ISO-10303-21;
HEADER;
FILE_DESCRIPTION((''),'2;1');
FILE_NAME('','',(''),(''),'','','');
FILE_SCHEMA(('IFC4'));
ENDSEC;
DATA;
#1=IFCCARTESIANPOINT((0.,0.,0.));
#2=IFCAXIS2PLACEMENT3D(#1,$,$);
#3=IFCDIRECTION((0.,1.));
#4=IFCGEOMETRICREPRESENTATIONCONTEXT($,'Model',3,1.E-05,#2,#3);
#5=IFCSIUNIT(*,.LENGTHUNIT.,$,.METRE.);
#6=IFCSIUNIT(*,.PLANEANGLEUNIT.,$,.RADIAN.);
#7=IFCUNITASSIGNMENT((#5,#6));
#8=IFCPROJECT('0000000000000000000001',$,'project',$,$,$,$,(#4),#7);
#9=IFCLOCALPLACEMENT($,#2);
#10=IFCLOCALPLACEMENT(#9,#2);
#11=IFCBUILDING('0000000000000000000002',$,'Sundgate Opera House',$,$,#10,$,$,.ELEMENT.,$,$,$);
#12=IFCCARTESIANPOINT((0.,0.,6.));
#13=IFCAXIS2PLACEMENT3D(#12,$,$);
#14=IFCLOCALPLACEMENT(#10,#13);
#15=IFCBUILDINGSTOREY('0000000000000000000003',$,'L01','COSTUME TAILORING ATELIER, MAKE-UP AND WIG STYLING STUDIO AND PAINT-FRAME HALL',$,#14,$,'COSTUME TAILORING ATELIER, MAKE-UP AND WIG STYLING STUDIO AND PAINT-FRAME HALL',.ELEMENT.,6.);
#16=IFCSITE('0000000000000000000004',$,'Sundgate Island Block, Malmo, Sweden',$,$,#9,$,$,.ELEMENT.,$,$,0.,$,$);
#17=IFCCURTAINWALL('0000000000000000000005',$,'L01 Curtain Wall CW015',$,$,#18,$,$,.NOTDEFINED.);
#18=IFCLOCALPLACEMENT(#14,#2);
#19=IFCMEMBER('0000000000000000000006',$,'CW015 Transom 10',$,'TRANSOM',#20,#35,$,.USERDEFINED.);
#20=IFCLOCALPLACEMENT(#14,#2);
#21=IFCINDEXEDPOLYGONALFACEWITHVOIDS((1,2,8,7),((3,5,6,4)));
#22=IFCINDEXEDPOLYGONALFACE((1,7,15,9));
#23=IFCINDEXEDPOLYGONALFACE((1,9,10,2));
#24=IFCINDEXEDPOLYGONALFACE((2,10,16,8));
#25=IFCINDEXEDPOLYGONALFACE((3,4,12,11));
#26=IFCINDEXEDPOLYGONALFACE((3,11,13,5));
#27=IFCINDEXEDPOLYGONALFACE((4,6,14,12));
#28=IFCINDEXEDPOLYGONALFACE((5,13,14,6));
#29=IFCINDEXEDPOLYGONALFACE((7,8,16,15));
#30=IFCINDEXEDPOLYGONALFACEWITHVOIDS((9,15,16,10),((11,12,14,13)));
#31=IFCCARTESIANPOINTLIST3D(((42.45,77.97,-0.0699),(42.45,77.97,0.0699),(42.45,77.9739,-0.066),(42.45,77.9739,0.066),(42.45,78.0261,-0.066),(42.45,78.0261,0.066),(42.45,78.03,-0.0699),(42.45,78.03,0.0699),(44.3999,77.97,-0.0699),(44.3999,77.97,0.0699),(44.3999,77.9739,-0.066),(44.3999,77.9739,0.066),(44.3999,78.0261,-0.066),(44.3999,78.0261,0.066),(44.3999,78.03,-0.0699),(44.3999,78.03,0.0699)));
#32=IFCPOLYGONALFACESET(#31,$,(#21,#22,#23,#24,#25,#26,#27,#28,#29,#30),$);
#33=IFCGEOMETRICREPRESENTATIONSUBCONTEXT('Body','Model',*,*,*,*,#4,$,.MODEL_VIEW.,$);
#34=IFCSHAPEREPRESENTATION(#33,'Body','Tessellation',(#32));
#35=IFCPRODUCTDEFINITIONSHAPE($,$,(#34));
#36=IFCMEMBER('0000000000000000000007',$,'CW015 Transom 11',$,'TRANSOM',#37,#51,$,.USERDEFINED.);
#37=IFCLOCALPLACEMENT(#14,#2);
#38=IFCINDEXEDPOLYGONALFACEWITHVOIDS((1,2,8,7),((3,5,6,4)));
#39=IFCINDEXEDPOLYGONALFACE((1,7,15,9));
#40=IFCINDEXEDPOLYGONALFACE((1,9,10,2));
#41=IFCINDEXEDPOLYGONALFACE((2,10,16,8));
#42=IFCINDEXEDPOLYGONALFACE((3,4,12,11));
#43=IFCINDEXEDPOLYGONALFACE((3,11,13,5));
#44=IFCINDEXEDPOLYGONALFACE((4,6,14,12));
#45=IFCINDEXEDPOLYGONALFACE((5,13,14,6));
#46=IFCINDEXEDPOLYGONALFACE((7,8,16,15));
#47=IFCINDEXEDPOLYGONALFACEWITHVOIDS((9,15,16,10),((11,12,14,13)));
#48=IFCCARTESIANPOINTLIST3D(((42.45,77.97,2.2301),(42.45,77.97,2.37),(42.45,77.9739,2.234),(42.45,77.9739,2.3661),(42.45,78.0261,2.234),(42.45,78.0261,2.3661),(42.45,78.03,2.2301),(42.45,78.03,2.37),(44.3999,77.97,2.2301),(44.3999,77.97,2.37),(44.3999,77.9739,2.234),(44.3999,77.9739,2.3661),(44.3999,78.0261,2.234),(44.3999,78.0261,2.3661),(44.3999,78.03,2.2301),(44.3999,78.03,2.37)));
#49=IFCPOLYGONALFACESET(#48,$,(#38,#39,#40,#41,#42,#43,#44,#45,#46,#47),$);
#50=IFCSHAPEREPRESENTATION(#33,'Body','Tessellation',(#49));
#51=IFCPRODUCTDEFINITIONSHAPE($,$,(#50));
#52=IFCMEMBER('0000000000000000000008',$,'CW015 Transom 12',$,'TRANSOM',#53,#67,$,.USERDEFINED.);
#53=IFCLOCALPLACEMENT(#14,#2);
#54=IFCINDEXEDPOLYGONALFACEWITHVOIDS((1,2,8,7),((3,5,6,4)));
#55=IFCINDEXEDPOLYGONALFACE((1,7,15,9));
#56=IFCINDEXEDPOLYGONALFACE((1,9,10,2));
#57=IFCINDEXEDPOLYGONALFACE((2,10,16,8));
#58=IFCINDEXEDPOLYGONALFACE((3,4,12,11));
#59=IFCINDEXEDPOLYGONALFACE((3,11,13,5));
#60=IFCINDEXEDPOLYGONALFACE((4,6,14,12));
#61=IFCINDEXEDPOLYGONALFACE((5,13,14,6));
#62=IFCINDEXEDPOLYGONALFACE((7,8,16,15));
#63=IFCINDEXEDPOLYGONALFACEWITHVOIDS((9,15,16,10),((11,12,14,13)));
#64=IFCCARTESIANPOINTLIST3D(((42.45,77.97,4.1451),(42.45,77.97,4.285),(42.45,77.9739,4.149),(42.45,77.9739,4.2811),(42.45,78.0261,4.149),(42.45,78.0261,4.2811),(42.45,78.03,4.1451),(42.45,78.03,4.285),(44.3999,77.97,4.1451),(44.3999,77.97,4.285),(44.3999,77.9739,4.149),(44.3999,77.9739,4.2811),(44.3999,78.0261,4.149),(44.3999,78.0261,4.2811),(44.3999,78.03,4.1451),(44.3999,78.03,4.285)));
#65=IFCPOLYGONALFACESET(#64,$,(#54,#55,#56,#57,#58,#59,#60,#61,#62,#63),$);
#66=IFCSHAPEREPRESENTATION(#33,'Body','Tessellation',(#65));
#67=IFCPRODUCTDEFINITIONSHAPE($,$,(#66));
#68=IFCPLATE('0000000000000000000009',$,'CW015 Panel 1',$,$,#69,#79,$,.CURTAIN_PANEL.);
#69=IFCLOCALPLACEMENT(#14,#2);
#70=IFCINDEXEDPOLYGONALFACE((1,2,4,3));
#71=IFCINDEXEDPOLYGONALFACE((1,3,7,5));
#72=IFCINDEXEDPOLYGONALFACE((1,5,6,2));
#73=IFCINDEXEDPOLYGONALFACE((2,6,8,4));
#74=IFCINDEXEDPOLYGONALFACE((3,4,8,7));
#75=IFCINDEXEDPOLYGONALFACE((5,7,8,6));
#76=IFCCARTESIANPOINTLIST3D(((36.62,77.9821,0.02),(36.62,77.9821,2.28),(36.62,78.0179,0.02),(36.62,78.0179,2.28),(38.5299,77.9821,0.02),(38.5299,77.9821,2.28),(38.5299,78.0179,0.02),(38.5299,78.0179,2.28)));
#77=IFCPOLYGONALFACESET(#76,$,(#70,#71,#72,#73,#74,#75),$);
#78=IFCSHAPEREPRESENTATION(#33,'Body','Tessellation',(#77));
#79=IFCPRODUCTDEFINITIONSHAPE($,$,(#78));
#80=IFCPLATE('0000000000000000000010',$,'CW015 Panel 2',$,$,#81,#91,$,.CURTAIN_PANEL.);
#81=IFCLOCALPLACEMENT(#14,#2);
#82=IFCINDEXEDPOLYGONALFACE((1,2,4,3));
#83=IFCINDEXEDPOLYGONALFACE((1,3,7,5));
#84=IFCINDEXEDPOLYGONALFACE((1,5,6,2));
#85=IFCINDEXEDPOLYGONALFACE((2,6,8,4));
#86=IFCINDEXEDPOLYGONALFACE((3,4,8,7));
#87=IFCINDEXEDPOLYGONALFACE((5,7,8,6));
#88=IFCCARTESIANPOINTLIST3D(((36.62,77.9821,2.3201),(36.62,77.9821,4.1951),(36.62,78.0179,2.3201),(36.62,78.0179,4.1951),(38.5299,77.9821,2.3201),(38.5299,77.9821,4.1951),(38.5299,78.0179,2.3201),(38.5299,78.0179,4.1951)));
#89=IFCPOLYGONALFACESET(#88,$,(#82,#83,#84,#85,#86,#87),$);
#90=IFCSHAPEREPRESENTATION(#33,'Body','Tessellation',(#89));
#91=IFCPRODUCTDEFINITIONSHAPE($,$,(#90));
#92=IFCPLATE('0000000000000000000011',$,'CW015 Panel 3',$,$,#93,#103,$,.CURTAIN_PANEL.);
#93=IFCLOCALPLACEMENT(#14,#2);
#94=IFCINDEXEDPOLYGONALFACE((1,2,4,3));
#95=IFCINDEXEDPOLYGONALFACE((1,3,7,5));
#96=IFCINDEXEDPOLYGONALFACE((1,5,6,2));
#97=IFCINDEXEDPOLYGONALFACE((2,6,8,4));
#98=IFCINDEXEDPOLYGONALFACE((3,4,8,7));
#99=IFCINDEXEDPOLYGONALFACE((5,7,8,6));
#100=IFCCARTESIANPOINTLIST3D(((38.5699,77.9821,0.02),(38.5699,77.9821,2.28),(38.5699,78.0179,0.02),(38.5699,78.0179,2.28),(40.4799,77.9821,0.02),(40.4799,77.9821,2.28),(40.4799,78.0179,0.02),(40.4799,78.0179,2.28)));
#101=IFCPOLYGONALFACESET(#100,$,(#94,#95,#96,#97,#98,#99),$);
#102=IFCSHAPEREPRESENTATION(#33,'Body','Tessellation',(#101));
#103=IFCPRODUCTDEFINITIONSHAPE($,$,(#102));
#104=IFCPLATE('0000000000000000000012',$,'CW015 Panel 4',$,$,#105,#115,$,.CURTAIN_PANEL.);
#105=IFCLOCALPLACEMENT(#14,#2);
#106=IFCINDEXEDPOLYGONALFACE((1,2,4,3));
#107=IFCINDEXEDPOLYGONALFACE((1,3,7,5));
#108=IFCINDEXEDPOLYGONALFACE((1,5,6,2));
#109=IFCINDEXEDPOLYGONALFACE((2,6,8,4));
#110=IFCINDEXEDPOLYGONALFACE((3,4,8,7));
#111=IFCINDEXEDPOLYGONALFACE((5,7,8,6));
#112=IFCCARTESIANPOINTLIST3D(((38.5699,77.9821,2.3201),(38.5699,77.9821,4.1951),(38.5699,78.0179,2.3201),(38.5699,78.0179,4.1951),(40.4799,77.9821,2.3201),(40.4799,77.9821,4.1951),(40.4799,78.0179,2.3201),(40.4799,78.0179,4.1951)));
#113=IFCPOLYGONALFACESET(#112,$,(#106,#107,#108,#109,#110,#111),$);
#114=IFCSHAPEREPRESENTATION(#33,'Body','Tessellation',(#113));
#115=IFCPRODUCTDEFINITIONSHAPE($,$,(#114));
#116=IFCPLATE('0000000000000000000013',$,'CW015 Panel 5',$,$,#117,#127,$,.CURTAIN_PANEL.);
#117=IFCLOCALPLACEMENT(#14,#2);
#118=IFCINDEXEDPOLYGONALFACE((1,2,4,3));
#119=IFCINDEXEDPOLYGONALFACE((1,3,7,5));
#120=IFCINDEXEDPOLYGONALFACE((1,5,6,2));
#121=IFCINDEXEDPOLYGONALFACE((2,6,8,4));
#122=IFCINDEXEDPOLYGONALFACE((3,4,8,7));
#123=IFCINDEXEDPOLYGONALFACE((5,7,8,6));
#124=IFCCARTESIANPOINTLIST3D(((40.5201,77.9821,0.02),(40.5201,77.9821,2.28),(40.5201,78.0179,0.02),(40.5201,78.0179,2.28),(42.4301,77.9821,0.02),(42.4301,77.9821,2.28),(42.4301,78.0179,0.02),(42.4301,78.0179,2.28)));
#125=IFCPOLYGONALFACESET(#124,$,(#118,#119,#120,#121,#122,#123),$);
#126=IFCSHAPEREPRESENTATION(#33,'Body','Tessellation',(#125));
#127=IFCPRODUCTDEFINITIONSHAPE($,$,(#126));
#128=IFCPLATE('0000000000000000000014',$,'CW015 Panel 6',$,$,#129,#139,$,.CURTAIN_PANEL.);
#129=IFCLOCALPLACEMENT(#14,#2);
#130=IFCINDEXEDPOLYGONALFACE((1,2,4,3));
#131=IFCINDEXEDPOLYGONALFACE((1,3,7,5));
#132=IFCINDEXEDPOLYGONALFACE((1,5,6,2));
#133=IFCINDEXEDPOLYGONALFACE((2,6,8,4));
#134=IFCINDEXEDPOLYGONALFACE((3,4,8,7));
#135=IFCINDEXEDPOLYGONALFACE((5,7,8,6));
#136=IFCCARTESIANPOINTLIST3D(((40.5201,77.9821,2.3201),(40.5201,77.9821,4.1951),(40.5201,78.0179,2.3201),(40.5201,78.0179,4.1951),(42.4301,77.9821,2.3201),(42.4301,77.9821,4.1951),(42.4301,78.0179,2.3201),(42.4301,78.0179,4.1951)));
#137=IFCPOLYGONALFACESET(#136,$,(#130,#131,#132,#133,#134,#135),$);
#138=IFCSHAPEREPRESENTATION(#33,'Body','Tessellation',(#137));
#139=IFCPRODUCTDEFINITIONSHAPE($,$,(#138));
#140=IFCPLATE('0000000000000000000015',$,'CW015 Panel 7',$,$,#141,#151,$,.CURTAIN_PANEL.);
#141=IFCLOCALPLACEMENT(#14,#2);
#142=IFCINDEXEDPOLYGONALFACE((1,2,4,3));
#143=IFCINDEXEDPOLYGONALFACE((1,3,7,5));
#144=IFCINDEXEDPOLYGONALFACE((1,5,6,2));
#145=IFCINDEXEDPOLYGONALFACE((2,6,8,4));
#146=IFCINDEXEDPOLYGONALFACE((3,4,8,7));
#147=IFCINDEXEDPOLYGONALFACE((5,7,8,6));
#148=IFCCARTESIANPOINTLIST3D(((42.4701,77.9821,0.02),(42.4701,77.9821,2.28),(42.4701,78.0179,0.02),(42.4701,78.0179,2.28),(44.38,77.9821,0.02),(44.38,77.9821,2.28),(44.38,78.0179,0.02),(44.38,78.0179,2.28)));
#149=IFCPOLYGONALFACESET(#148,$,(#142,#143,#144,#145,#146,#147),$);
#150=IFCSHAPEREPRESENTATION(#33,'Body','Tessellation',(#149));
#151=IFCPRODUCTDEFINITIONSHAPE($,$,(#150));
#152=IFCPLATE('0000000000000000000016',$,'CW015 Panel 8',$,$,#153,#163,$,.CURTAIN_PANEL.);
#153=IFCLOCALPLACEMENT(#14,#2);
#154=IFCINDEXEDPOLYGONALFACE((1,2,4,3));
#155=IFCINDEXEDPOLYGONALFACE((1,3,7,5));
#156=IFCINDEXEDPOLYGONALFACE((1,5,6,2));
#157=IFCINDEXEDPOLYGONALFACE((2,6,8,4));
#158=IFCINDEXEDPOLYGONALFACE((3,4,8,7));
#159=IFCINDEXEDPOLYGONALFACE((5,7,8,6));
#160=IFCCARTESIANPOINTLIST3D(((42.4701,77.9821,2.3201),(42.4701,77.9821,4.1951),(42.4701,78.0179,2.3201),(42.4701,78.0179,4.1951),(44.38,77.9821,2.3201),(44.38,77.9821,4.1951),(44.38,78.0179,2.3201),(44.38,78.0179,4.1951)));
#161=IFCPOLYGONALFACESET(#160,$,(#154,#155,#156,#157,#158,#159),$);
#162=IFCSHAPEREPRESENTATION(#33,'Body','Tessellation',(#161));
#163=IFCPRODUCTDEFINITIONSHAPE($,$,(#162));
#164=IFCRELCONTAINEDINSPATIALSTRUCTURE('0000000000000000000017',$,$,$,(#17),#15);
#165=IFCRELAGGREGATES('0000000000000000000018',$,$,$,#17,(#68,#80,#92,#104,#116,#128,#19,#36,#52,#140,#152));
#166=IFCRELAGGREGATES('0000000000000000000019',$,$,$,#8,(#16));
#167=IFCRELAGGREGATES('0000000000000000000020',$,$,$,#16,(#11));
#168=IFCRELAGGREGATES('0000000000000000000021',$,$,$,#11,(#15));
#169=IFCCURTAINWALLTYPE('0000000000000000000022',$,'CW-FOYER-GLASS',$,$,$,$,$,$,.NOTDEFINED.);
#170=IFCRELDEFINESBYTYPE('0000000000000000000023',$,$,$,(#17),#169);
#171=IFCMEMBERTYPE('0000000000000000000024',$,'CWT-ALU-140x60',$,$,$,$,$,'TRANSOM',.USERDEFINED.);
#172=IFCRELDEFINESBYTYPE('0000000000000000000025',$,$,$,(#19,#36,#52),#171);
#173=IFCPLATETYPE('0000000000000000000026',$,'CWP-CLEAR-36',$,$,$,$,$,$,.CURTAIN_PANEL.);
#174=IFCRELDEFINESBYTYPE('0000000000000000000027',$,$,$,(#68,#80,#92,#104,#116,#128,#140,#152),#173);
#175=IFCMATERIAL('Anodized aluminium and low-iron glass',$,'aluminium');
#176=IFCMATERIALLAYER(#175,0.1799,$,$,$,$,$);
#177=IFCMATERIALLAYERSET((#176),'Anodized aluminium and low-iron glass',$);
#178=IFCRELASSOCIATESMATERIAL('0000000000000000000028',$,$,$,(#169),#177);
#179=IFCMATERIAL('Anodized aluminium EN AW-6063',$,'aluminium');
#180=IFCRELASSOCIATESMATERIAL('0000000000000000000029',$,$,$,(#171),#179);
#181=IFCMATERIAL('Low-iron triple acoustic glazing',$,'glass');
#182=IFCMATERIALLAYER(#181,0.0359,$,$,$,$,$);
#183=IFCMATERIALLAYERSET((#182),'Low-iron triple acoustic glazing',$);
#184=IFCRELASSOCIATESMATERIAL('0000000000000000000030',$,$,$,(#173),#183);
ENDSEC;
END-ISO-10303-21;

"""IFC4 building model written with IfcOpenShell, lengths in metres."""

from ifc_helpers import new_model, si_unit, direction, frame, origin, origin_2d, place, context, subcontext, project, spatial, rectangle, hollow_rectangle, extrude, material, layer, layer_set, material_profile, profile_set, type_object, element, aggregate, save


model = new_model("IFC4")

# Units and contexts
model_context = context("Model", 3, precision=1e-05, world=origin(), true_north=direction((0.0, 1.0)))
body_context = subcontext(model_context, "Body", "Model", "MODEL_VIEW")
ifc_project = project(units=[si_unit("LENGTHUNIT", "METRE"), si_unit("PLANEANGLEUNIT", "RADIAN")], contexts=[model_context])

# Site, building, storey
site_placement = place(None, origin())
site = spatial("IfcSite", under=ifc_project, at=site_placement, Name="Sundgate Island Block, Malmo, Sweden", CompositionType="ELEMENT", RefElevation=0.0)
building_placement = place(site_placement, origin())
building = spatial("IfcBuilding", under=site, at=building_placement, Name="Sundgate Opera House", CompositionType="ELEMENT")
storey_placement = place(building_placement, frame((0.0, 0.0, 6.0)))
storey = spatial("IfcBuildingStorey", under=building, at=storey_placement, Name="L01", Description="COSTUME TAILORING ATELIER, MAKE-UP AND WIG STYLING STUDIO AND PAINT-FRAME HALL", LongName="COSTUME TAILORING ATELIER, MAKE-UP AND WIG STYLING STUDIO AND PAINT-FRAME HALL", CompositionType="ELEMENT", Elevation=6.0)

# Curtain wall, members, plates
ifc_material_1 = material(Name="Anodized aluminium and low-iron glass", Category="aluminium")
ifc_layer_1 = layer(ifc_material_1, 0.1799)
ifc_layer_set_1 = layer_set([ifc_layer_1], Name="Anodized aluminium and low-iron glass")
curtain_wall_type = type_object("IfcCurtainWallType", Name="CW-FOYER-GLASS", PredefinedType="NOTDEFINED", material=ifc_layer_set_1)
curtain_wall_placement = place(storey_placement, origin())
curtain_wall = element("IfcCurtainWall", 1, at=curtain_wall_placement, inside=storey, type_object=curtain_wall_type, Name="L01 Curtain Wall CW015", PredefinedType="NOTDEFINED")
ifc_material_2 = material(Name="Anodized aluminium EN AW-6063", Category="aluminium")
ifc_material_profile_1 = material_profile(ifc_material_2, hollow_rectangle(XDim=0.0601, YDim=0.1399, WallThickness=0.0039, at=origin_2d()), Name="CWT 140x60x4")
ifc_profile_set_1 = profile_set([ifc_material_profile_1], Name="Anodized aluminium EN AW-6063")
member_type_1 = type_object("IfcMemberType", Name="CWT-ALU-140x60", ElementType="TRANSOM", PredefinedType="USERDEFINED", material=ifc_profile_set_1)
member_1_placement = place(storey_placement, frame((42.45, 78.0, 0.0), z_axis=(1.0, 0.0, 0.0), x_axis=(0.0, 1.0, 0.0)))
member_1 = element("IfcMember", 2, at=member_1_placement, type_object=member_type_1, Name="CW015 Transom 10", ObjectType="TRANSOM", PredefinedType="USERDEFINED", context=body_context, shape_type="SweptSolid", body=[
    extrude(hollow_rectangle(XDim=0.0601, YDim=0.1399, WallThickness=0.0039, at=origin_2d()), origin(), (0.0, 0.0, 1.0), 1.95),
])
member_2_placement = place(storey_placement, frame((42.45, 78.0, 2.3), z_axis=(1.0, 0.0, 0.0), x_axis=(0.0, 1.0, 0.0)))
member_2 = element("IfcMember", 3, at=member_2_placement, type_object=member_type_1, Name="CW015 Transom 11", ObjectType="TRANSOM", PredefinedType="USERDEFINED", context=body_context, shape_type="SweptSolid", body=[
    extrude(hollow_rectangle(XDim=0.0601, YDim=0.1399, WallThickness=0.0039, at=origin_2d()), origin(), (0.0, 0.0, 1.0), 1.95),
])
member_3_placement = place(storey_placement, frame((42.45, 78.0, 4.2151), z_axis=(1.0, 0.0, 0.0), x_axis=(0.0, 1.0, 0.0)))
member_3 = element("IfcMember", 4, at=member_3_placement, type_object=member_type_1, Name="CW015 Transom 12", ObjectType="TRANSOM", PredefinedType="USERDEFINED", context=body_context, shape_type="SweptSolid", body=[
    extrude(hollow_rectangle(XDim=0.0601, YDim=0.1399, WallThickness=0.0039, at=origin_2d()), origin(), (0.0, 0.0, 1.0), 1.95),
])
ifc_material_3 = material(Name="Low-iron triple acoustic glazing", Category="glass")
ifc_layer_2 = layer(ifc_material_3, 0.0359)
ifc_layer_set_2 = layer_set([ifc_layer_2], Name="Low-iron triple acoustic glazing")
plate_type = type_object("IfcPlateType", Name="CWP-CLEAR-36", PredefinedType="CURTAIN_PANEL", material=ifc_layer_set_2)
plate_1_placement = place(storey_placement, frame((37.575, 78.0, 0.02), z_axis=(0.0, 0.0, 1.0), x_axis=(1.0, 0.0, 0.0)))
plate_1 = element("IfcPlate", 5, at=plate_1_placement, type_object=plate_type, Name="CW015 Panel 1", PredefinedType="CURTAIN_PANEL", context=body_context, shape_type="SweptSolid", body=[
    extrude(rectangle(XDim=1.9099, YDim=0.0359, at=origin_2d()), origin(), (0.0, 0.0, 1.0), 2.26),
])
plate_2_placement = place(storey_placement, frame((37.575, 78.0, 2.3201), z_axis=(0.0, 0.0, 1.0), x_axis=(1.0, 0.0, 0.0)))
plate_2 = element("IfcPlate", 6, at=plate_2_placement, type_object=plate_type, Name="CW015 Panel 2", PredefinedType="CURTAIN_PANEL", context=body_context, shape_type="SweptSolid", body=[
    extrude(rectangle(XDim=1.9099, YDim=0.0359, at=origin_2d()), origin(), (0.0, 0.0, 1.0), 1.875),
])
plate_3_placement = place(storey_placement, frame((39.5249, 78.0, 0.02), z_axis=(0.0, 0.0, 1.0), x_axis=(1.0, 0.0, 0.0)))
plate_3 = element("IfcPlate", 7, at=plate_3_placement, type_object=plate_type, Name="CW015 Panel 3", PredefinedType="CURTAIN_PANEL", context=body_context, shape_type="SweptSolid", body=[
    extrude(rectangle(XDim=1.9099, YDim=0.0359, at=origin_2d()), origin(), (0.0, 0.0, 1.0), 2.26),
])
plate_4_placement = place(storey_placement, frame((39.5249, 78.0, 2.3201), z_axis=(0.0, 0.0, 1.0), x_axis=(1.0, 0.0, 0.0)))
plate_4 = element("IfcPlate", 8, at=plate_4_placement, type_object=plate_type, Name="CW015 Panel 4", PredefinedType="CURTAIN_PANEL", context=body_context, shape_type="SweptSolid", body=[
    extrude(rectangle(XDim=1.9099, YDim=0.0359, at=origin_2d()), origin(), (0.0, 0.0, 1.0), 1.875),
])
plate_5_placement = place(storey_placement, frame((41.4751, 78.0, 0.02), z_axis=(0.0, 0.0, 1.0), x_axis=(1.0, 0.0, 0.0)))
plate_5 = element("IfcPlate", 9, at=plate_5_placement, type_object=plate_type, Name="CW015 Panel 5", PredefinedType="CURTAIN_PANEL", context=body_context, shape_type="SweptSolid", body=[
    extrude(rectangle(XDim=1.9099, YDim=0.0359, at=origin_2d()), origin(), (0.0, 0.0, 1.0), 2.26),
])
plate_6_placement = place(storey_placement, frame((41.4751, 78.0, 2.3201), z_axis=(0.0, 0.0, 1.0), x_axis=(1.0, 0.0, 0.0)))
plate_6 = element("IfcPlate", 10, at=plate_6_placement, type_object=plate_type, Name="CW015 Panel 6", PredefinedType="CURTAIN_PANEL", context=body_context, shape_type="SweptSolid", body=[
    extrude(rectangle(XDim=1.9099, YDim=0.0359, at=origin_2d()), origin(), (0.0, 0.0, 1.0), 1.875),
])
plate_7_placement = place(storey_placement, frame((43.425, 78.0, 0.02), z_axis=(0.0, 0.0, 1.0), x_axis=(1.0, 0.0, 0.0)))
plate_7 = element("IfcPlate", 11, at=plate_7_placement, type_object=plate_type, Name="CW015 Panel 7", PredefinedType="CURTAIN_PANEL", context=body_context, shape_type="SweptSolid", body=[
    extrude(rectangle(XDim=1.9099, YDim=0.0359, at=origin_2d()), origin(), (0.0, 0.0, 1.0), 2.26),
])
plate_8_placement = place(storey_placement, frame((43.425, 78.0, 2.3201), z_axis=(0.0, 0.0, 1.0), x_axis=(1.0, 0.0, 0.0)))
plate_8 = element("IfcPlate", 12, at=plate_8_placement, type_object=plate_type, Name="CW015 Panel 8", PredefinedType="CURTAIN_PANEL", context=body_context, shape_type="SweptSolid", body=[
    extrude(rectangle(XDim=1.9099, YDim=0.0359, at=origin_2d()), origin(), (0.0, 0.0, 1.0), 1.875),
])
aggregate(curtain_wall, [plate_1, plate_2, plate_3, plate_4, plate_5, plate_6, member_1, member_2, member_3, plate_7, plate_8])

save(model, "model.ifc")
